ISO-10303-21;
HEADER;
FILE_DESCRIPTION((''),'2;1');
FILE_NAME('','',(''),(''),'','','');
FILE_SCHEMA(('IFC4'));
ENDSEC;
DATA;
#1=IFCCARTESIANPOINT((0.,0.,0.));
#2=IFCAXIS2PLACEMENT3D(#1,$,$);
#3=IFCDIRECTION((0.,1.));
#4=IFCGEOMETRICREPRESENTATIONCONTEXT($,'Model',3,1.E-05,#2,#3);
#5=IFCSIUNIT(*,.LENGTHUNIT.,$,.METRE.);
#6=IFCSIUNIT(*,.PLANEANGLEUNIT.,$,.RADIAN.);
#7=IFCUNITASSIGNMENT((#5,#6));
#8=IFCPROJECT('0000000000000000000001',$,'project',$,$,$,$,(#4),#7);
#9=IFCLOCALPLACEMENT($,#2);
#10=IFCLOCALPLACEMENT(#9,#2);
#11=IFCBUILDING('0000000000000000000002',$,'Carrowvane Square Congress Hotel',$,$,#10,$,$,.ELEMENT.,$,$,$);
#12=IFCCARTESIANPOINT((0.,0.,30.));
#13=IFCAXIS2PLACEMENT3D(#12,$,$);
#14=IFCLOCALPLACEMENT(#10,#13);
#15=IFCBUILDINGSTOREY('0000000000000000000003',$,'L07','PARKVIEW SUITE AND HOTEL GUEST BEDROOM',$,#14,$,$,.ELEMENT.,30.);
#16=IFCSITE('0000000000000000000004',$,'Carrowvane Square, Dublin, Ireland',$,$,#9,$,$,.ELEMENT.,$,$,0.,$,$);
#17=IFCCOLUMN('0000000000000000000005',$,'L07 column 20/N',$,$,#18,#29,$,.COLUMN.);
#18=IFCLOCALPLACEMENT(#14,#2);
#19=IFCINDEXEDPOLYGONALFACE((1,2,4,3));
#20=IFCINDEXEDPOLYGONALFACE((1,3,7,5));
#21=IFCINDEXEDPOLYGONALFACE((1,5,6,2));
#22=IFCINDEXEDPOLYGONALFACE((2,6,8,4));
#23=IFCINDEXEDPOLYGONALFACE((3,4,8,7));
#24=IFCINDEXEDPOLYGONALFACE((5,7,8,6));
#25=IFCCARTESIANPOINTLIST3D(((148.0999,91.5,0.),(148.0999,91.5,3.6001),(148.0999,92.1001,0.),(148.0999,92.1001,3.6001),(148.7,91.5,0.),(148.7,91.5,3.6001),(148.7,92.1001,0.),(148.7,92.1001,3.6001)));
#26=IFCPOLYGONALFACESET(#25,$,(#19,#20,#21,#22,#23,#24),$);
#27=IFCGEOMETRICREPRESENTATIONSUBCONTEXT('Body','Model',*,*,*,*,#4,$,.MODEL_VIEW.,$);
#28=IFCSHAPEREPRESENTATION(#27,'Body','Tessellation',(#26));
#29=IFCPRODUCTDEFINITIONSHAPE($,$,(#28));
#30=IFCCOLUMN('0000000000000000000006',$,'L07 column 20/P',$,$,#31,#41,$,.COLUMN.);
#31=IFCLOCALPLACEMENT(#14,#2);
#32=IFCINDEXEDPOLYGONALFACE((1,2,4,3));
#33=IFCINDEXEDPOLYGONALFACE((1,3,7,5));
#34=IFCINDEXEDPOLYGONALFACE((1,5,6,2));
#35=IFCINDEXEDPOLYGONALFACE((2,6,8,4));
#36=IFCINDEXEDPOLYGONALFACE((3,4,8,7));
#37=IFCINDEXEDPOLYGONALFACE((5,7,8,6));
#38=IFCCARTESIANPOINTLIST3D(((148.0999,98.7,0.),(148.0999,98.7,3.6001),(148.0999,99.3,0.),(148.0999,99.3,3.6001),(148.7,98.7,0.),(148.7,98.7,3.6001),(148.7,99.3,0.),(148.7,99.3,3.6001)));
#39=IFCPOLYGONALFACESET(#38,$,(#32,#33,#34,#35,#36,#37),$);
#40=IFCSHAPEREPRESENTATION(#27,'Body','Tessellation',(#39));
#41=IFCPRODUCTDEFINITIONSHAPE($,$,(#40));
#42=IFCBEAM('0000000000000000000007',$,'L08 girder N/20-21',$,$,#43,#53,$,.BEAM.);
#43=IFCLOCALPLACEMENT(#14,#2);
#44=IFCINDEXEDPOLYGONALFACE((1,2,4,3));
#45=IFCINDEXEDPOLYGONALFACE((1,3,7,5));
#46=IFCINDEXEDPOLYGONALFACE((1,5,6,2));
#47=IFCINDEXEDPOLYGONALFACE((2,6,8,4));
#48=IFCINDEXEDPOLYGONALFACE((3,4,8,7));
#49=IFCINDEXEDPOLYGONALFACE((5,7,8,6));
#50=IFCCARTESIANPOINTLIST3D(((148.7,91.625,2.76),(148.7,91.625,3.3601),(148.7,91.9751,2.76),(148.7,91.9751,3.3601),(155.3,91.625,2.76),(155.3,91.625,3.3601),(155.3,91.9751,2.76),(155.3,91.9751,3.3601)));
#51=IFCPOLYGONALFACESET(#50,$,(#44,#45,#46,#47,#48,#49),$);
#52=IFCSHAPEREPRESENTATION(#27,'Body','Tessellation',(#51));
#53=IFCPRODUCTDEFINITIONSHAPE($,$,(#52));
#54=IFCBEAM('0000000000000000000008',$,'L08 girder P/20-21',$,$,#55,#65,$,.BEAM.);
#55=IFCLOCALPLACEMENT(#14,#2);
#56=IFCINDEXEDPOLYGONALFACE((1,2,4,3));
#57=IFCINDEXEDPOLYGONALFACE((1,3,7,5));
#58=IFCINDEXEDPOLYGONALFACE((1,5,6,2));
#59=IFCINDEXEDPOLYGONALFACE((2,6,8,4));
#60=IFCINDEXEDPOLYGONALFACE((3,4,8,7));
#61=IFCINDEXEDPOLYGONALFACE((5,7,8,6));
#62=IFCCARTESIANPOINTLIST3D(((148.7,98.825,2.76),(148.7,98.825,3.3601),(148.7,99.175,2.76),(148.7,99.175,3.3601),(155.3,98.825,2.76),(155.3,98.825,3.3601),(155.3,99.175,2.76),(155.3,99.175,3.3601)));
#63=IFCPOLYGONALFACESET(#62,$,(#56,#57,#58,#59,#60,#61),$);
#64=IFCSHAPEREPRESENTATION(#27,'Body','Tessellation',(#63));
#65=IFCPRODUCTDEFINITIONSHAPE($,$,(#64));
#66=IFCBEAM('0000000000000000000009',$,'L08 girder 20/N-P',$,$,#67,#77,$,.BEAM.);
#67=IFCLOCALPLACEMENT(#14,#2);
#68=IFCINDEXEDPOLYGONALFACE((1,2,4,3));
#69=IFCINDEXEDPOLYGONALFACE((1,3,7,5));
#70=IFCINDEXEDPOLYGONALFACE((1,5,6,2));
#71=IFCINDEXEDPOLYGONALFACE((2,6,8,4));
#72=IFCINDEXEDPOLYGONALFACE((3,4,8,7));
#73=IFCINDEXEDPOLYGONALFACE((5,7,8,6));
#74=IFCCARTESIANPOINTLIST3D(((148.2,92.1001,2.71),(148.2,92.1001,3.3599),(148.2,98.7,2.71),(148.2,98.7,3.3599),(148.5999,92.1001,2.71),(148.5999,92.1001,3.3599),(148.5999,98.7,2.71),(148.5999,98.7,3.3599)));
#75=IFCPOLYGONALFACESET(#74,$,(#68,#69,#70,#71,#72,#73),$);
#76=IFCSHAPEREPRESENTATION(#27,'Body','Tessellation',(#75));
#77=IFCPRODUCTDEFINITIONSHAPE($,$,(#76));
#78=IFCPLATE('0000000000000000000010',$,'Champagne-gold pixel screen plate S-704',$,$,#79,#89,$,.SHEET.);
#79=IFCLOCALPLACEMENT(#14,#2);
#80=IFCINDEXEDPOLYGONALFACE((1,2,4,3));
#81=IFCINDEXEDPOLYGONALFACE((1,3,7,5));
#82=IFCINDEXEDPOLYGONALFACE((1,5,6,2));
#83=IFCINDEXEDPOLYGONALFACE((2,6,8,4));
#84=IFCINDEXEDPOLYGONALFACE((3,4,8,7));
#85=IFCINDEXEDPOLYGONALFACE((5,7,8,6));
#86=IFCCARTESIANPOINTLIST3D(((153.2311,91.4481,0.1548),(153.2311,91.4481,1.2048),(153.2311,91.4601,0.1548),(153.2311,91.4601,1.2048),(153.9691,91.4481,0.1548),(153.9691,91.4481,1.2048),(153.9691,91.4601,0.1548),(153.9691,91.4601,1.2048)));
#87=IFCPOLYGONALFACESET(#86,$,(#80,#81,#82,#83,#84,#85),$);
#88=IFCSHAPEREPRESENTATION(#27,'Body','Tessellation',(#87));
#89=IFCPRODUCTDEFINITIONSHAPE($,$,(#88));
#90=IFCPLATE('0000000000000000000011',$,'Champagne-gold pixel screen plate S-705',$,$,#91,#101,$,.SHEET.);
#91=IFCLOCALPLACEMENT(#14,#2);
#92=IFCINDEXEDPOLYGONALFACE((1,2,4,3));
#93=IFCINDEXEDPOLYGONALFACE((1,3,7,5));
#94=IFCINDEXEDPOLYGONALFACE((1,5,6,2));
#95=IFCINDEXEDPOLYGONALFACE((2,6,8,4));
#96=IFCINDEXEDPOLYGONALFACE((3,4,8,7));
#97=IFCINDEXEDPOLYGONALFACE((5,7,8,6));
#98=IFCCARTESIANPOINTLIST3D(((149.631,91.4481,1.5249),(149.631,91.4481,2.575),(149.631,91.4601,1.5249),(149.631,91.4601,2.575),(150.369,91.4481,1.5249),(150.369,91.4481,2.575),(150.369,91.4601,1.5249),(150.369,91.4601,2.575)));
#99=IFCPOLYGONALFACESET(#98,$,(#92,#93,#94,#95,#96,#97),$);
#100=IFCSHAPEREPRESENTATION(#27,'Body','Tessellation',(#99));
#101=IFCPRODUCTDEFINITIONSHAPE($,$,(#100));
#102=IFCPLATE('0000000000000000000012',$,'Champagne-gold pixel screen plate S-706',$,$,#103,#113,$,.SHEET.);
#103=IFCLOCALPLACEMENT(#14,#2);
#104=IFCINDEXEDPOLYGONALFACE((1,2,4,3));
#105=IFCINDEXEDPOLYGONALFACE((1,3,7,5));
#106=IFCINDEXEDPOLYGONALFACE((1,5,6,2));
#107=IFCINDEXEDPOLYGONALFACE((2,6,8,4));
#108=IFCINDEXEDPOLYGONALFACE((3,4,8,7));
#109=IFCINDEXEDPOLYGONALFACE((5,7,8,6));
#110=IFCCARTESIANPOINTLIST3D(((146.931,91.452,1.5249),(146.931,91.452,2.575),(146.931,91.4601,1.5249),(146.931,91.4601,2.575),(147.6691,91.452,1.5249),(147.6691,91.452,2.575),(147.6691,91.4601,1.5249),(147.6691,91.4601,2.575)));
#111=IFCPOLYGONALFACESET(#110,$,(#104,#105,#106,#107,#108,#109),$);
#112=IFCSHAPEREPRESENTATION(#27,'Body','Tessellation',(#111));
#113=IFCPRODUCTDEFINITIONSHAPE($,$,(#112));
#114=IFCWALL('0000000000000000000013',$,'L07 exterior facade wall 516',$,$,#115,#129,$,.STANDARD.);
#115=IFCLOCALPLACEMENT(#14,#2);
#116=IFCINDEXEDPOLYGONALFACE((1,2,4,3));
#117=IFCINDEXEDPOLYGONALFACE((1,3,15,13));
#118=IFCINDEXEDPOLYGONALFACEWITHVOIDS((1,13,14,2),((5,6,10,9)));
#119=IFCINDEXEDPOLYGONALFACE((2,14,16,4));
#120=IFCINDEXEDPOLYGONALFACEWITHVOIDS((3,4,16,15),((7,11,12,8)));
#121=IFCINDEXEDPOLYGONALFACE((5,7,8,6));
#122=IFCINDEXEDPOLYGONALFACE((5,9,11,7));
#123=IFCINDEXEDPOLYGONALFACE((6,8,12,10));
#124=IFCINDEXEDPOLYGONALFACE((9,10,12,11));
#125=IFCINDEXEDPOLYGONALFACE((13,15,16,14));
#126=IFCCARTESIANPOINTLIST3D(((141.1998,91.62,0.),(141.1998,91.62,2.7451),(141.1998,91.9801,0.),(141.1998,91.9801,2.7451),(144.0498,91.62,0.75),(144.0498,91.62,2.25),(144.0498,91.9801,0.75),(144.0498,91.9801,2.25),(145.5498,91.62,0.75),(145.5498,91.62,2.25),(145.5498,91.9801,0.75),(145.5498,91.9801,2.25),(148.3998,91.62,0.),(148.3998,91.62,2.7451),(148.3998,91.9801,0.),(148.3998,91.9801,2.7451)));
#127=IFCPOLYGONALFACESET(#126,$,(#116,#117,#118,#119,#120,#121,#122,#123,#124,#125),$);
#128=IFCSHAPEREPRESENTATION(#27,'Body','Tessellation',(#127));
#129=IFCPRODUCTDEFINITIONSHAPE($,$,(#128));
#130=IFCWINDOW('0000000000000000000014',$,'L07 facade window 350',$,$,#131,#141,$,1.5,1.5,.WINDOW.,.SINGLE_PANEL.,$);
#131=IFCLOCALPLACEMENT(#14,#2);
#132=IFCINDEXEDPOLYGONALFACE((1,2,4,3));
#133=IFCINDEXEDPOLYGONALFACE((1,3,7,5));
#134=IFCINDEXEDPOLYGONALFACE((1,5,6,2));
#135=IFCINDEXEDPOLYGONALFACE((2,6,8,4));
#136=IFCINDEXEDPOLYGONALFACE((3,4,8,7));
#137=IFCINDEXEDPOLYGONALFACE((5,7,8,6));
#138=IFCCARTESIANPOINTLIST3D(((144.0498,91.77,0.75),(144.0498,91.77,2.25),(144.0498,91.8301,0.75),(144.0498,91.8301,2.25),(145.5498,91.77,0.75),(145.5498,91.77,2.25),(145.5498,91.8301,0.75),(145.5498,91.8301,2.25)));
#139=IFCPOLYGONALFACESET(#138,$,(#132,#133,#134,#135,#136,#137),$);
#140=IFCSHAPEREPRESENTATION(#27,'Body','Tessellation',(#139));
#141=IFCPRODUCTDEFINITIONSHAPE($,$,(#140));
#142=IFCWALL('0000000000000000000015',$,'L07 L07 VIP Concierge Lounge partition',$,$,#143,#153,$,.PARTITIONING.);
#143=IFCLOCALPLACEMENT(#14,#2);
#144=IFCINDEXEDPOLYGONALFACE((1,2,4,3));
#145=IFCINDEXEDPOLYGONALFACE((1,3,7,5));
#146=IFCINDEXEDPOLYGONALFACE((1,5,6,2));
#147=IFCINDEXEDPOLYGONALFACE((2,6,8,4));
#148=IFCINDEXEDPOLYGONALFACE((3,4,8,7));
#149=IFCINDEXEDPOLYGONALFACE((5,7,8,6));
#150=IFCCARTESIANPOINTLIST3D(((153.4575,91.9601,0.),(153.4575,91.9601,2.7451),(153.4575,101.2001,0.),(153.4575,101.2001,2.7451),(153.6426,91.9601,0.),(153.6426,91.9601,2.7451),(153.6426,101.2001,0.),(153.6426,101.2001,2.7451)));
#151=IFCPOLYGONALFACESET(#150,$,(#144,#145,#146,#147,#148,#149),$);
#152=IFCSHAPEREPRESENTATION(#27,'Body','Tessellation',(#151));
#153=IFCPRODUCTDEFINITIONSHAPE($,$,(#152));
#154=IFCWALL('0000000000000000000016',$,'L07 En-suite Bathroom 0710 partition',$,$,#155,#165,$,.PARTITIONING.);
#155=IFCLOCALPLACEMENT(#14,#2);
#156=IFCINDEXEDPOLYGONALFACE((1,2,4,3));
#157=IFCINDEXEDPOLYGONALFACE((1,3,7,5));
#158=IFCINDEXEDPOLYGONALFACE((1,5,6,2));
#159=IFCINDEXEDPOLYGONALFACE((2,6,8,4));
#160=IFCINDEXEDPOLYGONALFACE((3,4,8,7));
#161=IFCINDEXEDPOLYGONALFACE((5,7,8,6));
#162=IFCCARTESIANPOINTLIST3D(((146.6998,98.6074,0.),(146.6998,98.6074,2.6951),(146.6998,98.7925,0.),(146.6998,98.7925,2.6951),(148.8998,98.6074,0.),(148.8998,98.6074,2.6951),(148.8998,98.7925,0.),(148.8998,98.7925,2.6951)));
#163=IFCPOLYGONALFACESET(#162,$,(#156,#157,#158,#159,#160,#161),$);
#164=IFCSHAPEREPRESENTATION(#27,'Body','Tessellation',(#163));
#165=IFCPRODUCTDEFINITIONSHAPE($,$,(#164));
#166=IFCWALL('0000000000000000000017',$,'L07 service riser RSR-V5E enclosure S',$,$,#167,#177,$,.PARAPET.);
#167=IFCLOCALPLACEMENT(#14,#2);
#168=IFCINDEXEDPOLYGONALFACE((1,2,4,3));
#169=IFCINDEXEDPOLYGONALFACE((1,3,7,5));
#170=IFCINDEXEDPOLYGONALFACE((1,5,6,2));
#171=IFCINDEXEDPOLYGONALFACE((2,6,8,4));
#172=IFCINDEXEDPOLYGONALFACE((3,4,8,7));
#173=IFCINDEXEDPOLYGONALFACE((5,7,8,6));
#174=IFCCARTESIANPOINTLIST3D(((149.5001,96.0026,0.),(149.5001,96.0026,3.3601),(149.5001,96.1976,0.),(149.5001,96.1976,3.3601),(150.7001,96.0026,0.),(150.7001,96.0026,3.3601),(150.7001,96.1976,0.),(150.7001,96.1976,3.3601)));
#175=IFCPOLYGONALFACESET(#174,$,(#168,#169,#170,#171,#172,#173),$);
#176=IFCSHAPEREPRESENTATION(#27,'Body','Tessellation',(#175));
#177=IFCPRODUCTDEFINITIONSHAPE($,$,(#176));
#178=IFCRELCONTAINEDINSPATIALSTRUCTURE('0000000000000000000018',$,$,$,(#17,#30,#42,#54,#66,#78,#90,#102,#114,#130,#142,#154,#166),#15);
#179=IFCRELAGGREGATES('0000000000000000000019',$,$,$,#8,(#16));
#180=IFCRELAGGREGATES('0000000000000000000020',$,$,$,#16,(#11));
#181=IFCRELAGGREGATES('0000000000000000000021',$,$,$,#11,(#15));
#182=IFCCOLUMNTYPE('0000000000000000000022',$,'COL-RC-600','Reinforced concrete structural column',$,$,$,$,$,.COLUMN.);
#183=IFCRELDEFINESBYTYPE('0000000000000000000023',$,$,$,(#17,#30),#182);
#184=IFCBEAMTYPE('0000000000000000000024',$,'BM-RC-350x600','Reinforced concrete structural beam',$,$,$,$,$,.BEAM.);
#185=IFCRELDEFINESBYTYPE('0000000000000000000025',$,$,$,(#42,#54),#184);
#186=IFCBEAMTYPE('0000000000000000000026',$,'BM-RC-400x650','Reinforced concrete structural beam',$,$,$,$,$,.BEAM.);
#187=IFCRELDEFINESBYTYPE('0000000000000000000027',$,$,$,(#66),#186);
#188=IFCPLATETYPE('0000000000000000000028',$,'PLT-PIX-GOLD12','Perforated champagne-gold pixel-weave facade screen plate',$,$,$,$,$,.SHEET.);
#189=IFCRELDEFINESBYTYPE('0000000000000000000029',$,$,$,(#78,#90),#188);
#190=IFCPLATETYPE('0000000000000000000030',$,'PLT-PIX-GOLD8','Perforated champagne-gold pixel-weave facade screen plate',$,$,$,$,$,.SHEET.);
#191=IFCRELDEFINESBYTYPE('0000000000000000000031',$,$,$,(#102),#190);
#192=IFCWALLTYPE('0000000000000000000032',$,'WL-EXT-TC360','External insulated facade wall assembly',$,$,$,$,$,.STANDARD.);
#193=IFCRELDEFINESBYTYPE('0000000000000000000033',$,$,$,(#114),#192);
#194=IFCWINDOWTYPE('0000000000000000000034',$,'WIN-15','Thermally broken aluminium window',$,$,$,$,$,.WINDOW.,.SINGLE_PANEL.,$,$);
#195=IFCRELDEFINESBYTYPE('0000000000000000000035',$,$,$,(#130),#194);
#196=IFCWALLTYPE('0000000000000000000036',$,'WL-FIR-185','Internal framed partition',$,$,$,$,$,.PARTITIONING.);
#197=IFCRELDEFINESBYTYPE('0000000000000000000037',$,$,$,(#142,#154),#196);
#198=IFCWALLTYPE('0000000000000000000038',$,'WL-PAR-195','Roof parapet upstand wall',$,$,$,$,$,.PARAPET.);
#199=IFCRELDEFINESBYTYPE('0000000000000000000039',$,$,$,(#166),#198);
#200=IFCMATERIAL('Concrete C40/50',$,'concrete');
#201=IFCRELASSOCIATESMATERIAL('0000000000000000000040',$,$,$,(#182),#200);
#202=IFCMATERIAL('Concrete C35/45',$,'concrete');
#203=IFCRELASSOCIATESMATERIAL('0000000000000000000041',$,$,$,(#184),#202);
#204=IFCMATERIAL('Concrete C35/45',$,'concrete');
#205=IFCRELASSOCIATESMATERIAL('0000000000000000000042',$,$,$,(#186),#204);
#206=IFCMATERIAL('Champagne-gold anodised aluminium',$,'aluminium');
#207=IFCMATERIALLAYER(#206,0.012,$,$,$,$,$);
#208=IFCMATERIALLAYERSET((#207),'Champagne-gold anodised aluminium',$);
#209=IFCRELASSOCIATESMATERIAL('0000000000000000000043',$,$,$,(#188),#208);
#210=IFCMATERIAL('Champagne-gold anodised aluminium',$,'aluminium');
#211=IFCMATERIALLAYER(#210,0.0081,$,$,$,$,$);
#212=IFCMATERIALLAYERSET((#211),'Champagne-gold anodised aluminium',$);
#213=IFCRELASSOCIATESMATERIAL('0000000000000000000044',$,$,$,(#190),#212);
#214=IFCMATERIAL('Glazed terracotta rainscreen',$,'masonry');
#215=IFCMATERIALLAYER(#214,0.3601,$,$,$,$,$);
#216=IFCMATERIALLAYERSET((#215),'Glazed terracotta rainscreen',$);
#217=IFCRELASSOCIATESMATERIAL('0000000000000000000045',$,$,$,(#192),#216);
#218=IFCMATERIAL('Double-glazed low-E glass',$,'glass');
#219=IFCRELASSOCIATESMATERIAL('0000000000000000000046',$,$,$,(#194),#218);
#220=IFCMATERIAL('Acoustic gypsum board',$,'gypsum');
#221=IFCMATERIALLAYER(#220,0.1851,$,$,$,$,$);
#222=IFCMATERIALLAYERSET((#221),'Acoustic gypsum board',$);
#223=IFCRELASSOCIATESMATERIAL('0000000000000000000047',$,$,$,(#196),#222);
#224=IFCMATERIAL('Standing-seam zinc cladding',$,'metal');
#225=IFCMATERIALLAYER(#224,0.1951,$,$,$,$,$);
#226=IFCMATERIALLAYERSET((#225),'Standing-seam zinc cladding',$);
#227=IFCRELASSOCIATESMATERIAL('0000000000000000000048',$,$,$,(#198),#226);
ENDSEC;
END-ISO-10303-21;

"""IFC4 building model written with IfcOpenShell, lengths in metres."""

from ifc_helpers import new_model, si_unit, direction, frame, frame_2d, origin, origin_2d, place, context, subcontext, project, spatial, rectangle, extrude, material, layer, layer_set, material_profile, profile_set, type_object, element, fill, save


model = new_model("IFC4")

# Units and contexts
model_context = context("Model", 3, precision=1e-05, world=origin(), true_north=direction((0.0, 1.0)))
body_context = subcontext(model_context, "Body", "Model", "MODEL_VIEW")
ifc_project = project(units=[si_unit("LENGTHUNIT", "METRE"), si_unit("PLANEANGLEUNIT", "RADIAN")], contexts=[model_context])

# Site, building, storey
site_placement = place(None, origin())
site = spatial("IfcSite", under=ifc_project, at=site_placement, Name="Carrowvane Square, Dublin, Ireland", CompositionType="ELEMENT", RefElevation=0.0)
building_placement = place(site_placement, origin())
building = spatial("IfcBuilding", under=site, at=building_placement, Name="Carrowvane Square Congress Hotel", CompositionType="ELEMENT")
storey_placement = place(building_placement, frame((0.0, 0.0, 30.0)))
storey = spatial("IfcBuildingStorey", under=building, at=storey_placement, Name="L07", Description="PARKVIEW SUITE AND HOTEL GUEST BEDROOM", CompositionType="ELEMENT", Elevation=30.0)

# Columns
ifc_material_1 = material(Name="Concrete C40/50", Category="concrete")
ifc_material_profile_1 = material_profile(ifc_material_1, rectangle(XDim=0.6001, YDim=0.6001, at=origin_2d()), Name="RC 600x600")
ifc_profile_set_1 = profile_set([ifc_material_profile_1], Name="Concrete C40/50")
column_type = type_object("IfcColumnType", Name="COL-RC-600", Description="Reinforced concrete structural column", PredefinedType="COLUMN", material=ifc_profile_set_1)
for number, where, z_axis, x_axis, name in (
    (1, (148.3999, 91.8, 0.0), (0.0, 0.0, 1.0), (1.0, 0.0, 0.0), "L07 column 20/N"),
    (2, (148.3999, 99.0, 0.0), (0.0, 0.0, 1.0), (1.0, 0.0, 0.0), "L07 column 20/P"),
):
    element("IfcColumn", number, at=place(storey_placement, frame(where, z_axis=z_axis, x_axis=x_axis)), inside=storey, type_object=column_type, Name=name, PredefinedType="COLUMN", context=body_context, shape_type="SweptSolid", body=[
        extrude(rectangle(XDim=0.6001, YDim=0.6001, at=origin_2d()), origin(), (0.0, 0.0, 1.0), 3.6001),
    ])

# Beams
ifc_material_2 = material(Name="Concrete C35/45", Category="concrete")
ifc_material_profile_2 = material_profile(ifc_material_2, rectangle(XDim=0.3501, YDim=0.6001, at=origin_2d()), Name="RC 350x600")
ifc_profile_set_2 = profile_set([ifc_material_profile_2], Name="Concrete C35/45")
beam_type_1 = type_object("IfcBeamType", Name="BM-RC-350x600", Description="Reinforced concrete structural beam", PredefinedType="BEAM", material=ifc_profile_set_2)
for number, where, z_axis, x_axis, name in (
    (3, (148.7, 91.8, 3.0601), (1.0, 0.0, 0.0), (0.0, 1.0, 0.0), "L08 girder N/20-21"),
    (4, (148.7, 99.0, 3.0601), (1.0, 0.0, 0.0), (0.0, 1.0, 0.0), "L08 girder P/20-21"),
):
    element("IfcBeam", number, at=place(storey_placement, frame(where, z_axis=z_axis, x_axis=x_axis)), inside=storey, type_object=beam_type_1, Name=name, PredefinedType="BEAM", context=body_context, shape_type="SweptSolid", body=[
        extrude(rectangle(XDim=0.3501, YDim=0.6001, at=origin_2d()), origin(), (0.0, 0.0, 1.0), 6.6001),
    ])
ifc_material_3 = material(Name="Concrete C35/45", Category="concrete")
ifc_material_profile_3 = material_profile(ifc_material_3, rectangle(XDim=0.3999, YDim=0.6499, at=origin_2d()), Name="RC 400x650")
ifc_profile_set_3 = profile_set([ifc_material_profile_3], Name="Concrete C35/45")
beam_type_2 = type_object("IfcBeamType", Name="BM-RC-400x650", Description="Reinforced concrete structural beam", PredefinedType="BEAM", material=ifc_profile_set_3)
beam_placement = place(storey_placement, frame((148.3999, 92.1001, 3.0349), z_axis=(0.0, 1.0, 0.0), x_axis=(-1.0, 0.0, 0.0)))
element("IfcBeam", 5, at=beam_placement, inside=storey, type_object=beam_type_2, Name="L08 girder 20/N-P", PredefinedType="BEAM", context=body_context, shape_type="SweptSolid", body=[
    extrude(rectangle(XDim=0.3999, YDim=0.6499, at=origin_2d()), origin(), (0.0, 0.0, 1.0), 6.5999),
])

# Plates
ifc_material_4 = material(Name="Champagne-gold anodised aluminium", Category="aluminium")
ifc_layer_1 = layer(ifc_material_4, 0.012)
ifc_layer_set_1 = layer_set([ifc_layer_1], Name="Champagne-gold anodised aluminium")
plate_type_1 = type_object("IfcPlateType", Name="PLT-PIX-GOLD12", Description="Perforated champagne-gold pixel-weave facade screen plate", PredefinedType="SHEET", material=ifc_layer_set_1)
for number, where, z_axis, x_axis, name in (
    (6, (153.6001, 91.4541, 0.1548), (0.0, 0.0, 1.0), (-1.0, 0.0, 0.0), "Champagne-gold pixel screen plate S-704"),
    (7, (150.0, 91.4541, 1.5249), (0.0, 0.0, 1.0), (-1.0, 0.0, 0.0), "Champagne-gold pixel screen plate S-705"),
):
    element("IfcPlate", number, at=place(storey_placement, frame(where, z_axis=z_axis, x_axis=x_axis)), inside=storey, type_object=plate_type_1, Name=name, PredefinedType="SHEET", context=body_context, shape_type="SweptSolid", body=[
        extrude(rectangle(XDim=0.738, YDim=0.012, at=origin_2d()), origin(), (0.0, 0.0, 1.0), 1.05),
    ])
ifc_material_5 = material(Name="Champagne-gold anodised aluminium", Category="aluminium")
ifc_layer_2 = layer(ifc_material_5, 0.0081)
ifc_layer_set_2 = layer_set([ifc_layer_2], Name="Champagne-gold anodised aluminium")
plate_type_2 = type_object("IfcPlateType", Name="PLT-PIX-GOLD8", Description="Perforated champagne-gold pixel-weave facade screen plate", PredefinedType="SHEET", material=ifc_layer_set_2)
plate_placement = place(storey_placement, frame((147.3, 91.4561, 1.5249), z_axis=(0.0, 0.0, 1.0), x_axis=(-1.0, 0.0, 0.0)))
element("IfcPlate", 8, at=plate_placement, inside=storey, type_object=plate_type_2, Name="Champagne-gold pixel screen plate S-706", PredefinedType="SHEET", context=body_context, shape_type="SweptSolid", body=[
    extrude(rectangle(XDim=0.738, YDim=0.0081, at=origin_2d()), origin(), (0.0, 0.0, 1.0), 1.05),
])

# Wall, opening, window
ifc_material_6 = material(Name="Glazed terracotta rainscreen", Category="masonry")
ifc_layer_3 = layer(ifc_material_6, 0.3601)
ifc_layer_set_3 = layer_set([ifc_layer_3], Name="Glazed terracotta rainscreen")
wall_type_1 = type_object("IfcWallType", Name="WL-EXT-TC360", Description="External insulated facade wall assembly", PredefinedType="STANDARD", material=ifc_layer_set_3)
wall_1_placement = place(storey_placement, frame((148.3999, 91.8, 0.0), z_axis=(0.0, 0.0, 1.0), x_axis=(-1.0, 0.0, 0.0)))
wall_1 = element("IfcWall", 9, at=wall_1_placement, inside=storey, type_object=wall_type_1, Name="L07 exterior facade wall 516", PredefinedType="STANDARD", context=body_context, shape_type="SweptSolid", body=[
    extrude(rectangle(XDim=7.2, YDim=0.3601, at=frame_2d((3.6001, 0.0))), origin(), (0.0, 0.0, 1.0), 2.7451),
])
opening_1_placement = place(wall_1_placement, frame((2.8501, 0.0, 0.75)))
opening_1 = element("IfcOpeningElement", 10, at=opening_1_placement, cuts=wall_1, PredefinedType="OPENING", context=body_context, shape_type="SweptSolid", body=[
    extrude(rectangle(XDim=1.5, YDim=1.5, at=frame_2d((0.75, 0.75))), frame((0.0, 0.1899, 0.0), z_axis=(0.0, -1.0, 0.0), x_axis=(1.0, 0.0, 0.0)), (0.0, 0.0, 1.0), 0.3801),
])
ifc_material_7 = material(Name="Double-glazed low-E glass", Category="glass")
window_type = type_object("IfcWindowType", Name="WIN-15", Description="Thermally broken aluminium window", PartitioningType="SINGLE_PANEL", PredefinedType="WINDOW", material=ifc_material_7)
window_placement = place(opening_1_placement, origin())
window = element("IfcWindow", 11, at=window_placement, inside=storey, type_object=window_type, Name="L07 facade window 350", OverallHeight=1.5, OverallWidth=1.5, PartitioningType="SINGLE_PANEL", PredefinedType="WINDOW", context=body_context, shape_type="SweptSolid", body=[
    extrude(rectangle(XDim=1.5, YDim=1.5, at=frame_2d((0.75, 0.75))), frame((0.0, 0.03, 0.0), z_axis=(0.0, -1.0, 0.0), x_axis=(1.0, 0.0, 0.0)), (0.0, 0.0, 1.0), 0.0601),
])
fill(opening_1, window)

# Walls
ifc_material_8 = material(Name="Acoustic gypsum board", Category="gypsum")
ifc_layer_4 = layer(ifc_material_8, 0.1851)
ifc_layer_set_4 = layer_set([ifc_layer_4], Name="Acoustic gypsum board")
wall_type_2 = type_object("IfcWallType", Name="WL-FIR-185", Description="Internal framed partition", PredefinedType="PARTITIONING", material=ifc_layer_set_4)
wall_2_placement = place(storey_placement, frame((153.55, 91.96, 0.0), z_axis=(0.0, 0.0, 1.0), x_axis=(0.0, 1.0, 0.0)))
element("IfcWall", 12, at=wall_2_placement, inside=storey, type_object=wall_type_2, Name="L07 L07 VIP Concierge Lounge partition", PredefinedType="PARTITIONING", context=body_context, shape_type="SweptSolid", body=[
    extrude(rectangle(XDim=9.24, YDim=0.1851, at=frame_2d((4.6201, 0.0))), origin(), (0.0, 0.0, 1.0), 2.7451),
])
wall_3_placement = place(storey_placement, frame((148.8999, 98.7, 0.0), z_axis=(0.0, 0.0, 1.0), x_axis=(-1.0, 0.0, 0.0)))
element("IfcWall", 13, at=wall_3_placement, inside=storey, type_object=wall_type_2, Name="L07 En-suite Bathroom 0710 partition", PredefinedType="PARTITIONING", context=body_context, shape_type="SweptSolid", body=[
    extrude(rectangle(XDim=2.2, YDim=0.1851, at=frame_2d((1.1001, 0.0))), origin(), (0.0, 0.0, 1.0), 2.6951),
])
ifc_material_9 = material(Name="Standing-seam zinc cladding", Category="metal")
ifc_layer_5 = layer(ifc_material_9, 0.1951)
ifc_layer_set_5 = layer_set([ifc_layer_5], Name="Standing-seam zinc cladding")
wall_type_3 = type_object("IfcWallType", Name="WL-PAR-195", Description="Roof parapet upstand wall", PredefinedType="PARAPET", material=ifc_layer_set_5)
for number, where, z_axis, x_axis, name in (
    (14, (149.5, 96.1001, 0.0), (0.0, 0.0, 1.0), (1.0, 0.0, 0.0), "L07 service riser RSR-V5E enclosure S"),
):
    element("IfcWall", number, at=place(storey_placement, frame(where, z_axis=z_axis, x_axis=x_axis)), inside=storey, type_object=wall_type_3, Name=name, PredefinedType="PARAPET", context=body_context, shape_type="SweptSolid", body=[
        extrude(rectangle(XDim=1.2, YDim=0.1951, at=frame_2d((0.6001, 0.0))), origin(), (0.0, 0.0, 1.0), 3.3601),
    ])

save(model, "model.ifc")
